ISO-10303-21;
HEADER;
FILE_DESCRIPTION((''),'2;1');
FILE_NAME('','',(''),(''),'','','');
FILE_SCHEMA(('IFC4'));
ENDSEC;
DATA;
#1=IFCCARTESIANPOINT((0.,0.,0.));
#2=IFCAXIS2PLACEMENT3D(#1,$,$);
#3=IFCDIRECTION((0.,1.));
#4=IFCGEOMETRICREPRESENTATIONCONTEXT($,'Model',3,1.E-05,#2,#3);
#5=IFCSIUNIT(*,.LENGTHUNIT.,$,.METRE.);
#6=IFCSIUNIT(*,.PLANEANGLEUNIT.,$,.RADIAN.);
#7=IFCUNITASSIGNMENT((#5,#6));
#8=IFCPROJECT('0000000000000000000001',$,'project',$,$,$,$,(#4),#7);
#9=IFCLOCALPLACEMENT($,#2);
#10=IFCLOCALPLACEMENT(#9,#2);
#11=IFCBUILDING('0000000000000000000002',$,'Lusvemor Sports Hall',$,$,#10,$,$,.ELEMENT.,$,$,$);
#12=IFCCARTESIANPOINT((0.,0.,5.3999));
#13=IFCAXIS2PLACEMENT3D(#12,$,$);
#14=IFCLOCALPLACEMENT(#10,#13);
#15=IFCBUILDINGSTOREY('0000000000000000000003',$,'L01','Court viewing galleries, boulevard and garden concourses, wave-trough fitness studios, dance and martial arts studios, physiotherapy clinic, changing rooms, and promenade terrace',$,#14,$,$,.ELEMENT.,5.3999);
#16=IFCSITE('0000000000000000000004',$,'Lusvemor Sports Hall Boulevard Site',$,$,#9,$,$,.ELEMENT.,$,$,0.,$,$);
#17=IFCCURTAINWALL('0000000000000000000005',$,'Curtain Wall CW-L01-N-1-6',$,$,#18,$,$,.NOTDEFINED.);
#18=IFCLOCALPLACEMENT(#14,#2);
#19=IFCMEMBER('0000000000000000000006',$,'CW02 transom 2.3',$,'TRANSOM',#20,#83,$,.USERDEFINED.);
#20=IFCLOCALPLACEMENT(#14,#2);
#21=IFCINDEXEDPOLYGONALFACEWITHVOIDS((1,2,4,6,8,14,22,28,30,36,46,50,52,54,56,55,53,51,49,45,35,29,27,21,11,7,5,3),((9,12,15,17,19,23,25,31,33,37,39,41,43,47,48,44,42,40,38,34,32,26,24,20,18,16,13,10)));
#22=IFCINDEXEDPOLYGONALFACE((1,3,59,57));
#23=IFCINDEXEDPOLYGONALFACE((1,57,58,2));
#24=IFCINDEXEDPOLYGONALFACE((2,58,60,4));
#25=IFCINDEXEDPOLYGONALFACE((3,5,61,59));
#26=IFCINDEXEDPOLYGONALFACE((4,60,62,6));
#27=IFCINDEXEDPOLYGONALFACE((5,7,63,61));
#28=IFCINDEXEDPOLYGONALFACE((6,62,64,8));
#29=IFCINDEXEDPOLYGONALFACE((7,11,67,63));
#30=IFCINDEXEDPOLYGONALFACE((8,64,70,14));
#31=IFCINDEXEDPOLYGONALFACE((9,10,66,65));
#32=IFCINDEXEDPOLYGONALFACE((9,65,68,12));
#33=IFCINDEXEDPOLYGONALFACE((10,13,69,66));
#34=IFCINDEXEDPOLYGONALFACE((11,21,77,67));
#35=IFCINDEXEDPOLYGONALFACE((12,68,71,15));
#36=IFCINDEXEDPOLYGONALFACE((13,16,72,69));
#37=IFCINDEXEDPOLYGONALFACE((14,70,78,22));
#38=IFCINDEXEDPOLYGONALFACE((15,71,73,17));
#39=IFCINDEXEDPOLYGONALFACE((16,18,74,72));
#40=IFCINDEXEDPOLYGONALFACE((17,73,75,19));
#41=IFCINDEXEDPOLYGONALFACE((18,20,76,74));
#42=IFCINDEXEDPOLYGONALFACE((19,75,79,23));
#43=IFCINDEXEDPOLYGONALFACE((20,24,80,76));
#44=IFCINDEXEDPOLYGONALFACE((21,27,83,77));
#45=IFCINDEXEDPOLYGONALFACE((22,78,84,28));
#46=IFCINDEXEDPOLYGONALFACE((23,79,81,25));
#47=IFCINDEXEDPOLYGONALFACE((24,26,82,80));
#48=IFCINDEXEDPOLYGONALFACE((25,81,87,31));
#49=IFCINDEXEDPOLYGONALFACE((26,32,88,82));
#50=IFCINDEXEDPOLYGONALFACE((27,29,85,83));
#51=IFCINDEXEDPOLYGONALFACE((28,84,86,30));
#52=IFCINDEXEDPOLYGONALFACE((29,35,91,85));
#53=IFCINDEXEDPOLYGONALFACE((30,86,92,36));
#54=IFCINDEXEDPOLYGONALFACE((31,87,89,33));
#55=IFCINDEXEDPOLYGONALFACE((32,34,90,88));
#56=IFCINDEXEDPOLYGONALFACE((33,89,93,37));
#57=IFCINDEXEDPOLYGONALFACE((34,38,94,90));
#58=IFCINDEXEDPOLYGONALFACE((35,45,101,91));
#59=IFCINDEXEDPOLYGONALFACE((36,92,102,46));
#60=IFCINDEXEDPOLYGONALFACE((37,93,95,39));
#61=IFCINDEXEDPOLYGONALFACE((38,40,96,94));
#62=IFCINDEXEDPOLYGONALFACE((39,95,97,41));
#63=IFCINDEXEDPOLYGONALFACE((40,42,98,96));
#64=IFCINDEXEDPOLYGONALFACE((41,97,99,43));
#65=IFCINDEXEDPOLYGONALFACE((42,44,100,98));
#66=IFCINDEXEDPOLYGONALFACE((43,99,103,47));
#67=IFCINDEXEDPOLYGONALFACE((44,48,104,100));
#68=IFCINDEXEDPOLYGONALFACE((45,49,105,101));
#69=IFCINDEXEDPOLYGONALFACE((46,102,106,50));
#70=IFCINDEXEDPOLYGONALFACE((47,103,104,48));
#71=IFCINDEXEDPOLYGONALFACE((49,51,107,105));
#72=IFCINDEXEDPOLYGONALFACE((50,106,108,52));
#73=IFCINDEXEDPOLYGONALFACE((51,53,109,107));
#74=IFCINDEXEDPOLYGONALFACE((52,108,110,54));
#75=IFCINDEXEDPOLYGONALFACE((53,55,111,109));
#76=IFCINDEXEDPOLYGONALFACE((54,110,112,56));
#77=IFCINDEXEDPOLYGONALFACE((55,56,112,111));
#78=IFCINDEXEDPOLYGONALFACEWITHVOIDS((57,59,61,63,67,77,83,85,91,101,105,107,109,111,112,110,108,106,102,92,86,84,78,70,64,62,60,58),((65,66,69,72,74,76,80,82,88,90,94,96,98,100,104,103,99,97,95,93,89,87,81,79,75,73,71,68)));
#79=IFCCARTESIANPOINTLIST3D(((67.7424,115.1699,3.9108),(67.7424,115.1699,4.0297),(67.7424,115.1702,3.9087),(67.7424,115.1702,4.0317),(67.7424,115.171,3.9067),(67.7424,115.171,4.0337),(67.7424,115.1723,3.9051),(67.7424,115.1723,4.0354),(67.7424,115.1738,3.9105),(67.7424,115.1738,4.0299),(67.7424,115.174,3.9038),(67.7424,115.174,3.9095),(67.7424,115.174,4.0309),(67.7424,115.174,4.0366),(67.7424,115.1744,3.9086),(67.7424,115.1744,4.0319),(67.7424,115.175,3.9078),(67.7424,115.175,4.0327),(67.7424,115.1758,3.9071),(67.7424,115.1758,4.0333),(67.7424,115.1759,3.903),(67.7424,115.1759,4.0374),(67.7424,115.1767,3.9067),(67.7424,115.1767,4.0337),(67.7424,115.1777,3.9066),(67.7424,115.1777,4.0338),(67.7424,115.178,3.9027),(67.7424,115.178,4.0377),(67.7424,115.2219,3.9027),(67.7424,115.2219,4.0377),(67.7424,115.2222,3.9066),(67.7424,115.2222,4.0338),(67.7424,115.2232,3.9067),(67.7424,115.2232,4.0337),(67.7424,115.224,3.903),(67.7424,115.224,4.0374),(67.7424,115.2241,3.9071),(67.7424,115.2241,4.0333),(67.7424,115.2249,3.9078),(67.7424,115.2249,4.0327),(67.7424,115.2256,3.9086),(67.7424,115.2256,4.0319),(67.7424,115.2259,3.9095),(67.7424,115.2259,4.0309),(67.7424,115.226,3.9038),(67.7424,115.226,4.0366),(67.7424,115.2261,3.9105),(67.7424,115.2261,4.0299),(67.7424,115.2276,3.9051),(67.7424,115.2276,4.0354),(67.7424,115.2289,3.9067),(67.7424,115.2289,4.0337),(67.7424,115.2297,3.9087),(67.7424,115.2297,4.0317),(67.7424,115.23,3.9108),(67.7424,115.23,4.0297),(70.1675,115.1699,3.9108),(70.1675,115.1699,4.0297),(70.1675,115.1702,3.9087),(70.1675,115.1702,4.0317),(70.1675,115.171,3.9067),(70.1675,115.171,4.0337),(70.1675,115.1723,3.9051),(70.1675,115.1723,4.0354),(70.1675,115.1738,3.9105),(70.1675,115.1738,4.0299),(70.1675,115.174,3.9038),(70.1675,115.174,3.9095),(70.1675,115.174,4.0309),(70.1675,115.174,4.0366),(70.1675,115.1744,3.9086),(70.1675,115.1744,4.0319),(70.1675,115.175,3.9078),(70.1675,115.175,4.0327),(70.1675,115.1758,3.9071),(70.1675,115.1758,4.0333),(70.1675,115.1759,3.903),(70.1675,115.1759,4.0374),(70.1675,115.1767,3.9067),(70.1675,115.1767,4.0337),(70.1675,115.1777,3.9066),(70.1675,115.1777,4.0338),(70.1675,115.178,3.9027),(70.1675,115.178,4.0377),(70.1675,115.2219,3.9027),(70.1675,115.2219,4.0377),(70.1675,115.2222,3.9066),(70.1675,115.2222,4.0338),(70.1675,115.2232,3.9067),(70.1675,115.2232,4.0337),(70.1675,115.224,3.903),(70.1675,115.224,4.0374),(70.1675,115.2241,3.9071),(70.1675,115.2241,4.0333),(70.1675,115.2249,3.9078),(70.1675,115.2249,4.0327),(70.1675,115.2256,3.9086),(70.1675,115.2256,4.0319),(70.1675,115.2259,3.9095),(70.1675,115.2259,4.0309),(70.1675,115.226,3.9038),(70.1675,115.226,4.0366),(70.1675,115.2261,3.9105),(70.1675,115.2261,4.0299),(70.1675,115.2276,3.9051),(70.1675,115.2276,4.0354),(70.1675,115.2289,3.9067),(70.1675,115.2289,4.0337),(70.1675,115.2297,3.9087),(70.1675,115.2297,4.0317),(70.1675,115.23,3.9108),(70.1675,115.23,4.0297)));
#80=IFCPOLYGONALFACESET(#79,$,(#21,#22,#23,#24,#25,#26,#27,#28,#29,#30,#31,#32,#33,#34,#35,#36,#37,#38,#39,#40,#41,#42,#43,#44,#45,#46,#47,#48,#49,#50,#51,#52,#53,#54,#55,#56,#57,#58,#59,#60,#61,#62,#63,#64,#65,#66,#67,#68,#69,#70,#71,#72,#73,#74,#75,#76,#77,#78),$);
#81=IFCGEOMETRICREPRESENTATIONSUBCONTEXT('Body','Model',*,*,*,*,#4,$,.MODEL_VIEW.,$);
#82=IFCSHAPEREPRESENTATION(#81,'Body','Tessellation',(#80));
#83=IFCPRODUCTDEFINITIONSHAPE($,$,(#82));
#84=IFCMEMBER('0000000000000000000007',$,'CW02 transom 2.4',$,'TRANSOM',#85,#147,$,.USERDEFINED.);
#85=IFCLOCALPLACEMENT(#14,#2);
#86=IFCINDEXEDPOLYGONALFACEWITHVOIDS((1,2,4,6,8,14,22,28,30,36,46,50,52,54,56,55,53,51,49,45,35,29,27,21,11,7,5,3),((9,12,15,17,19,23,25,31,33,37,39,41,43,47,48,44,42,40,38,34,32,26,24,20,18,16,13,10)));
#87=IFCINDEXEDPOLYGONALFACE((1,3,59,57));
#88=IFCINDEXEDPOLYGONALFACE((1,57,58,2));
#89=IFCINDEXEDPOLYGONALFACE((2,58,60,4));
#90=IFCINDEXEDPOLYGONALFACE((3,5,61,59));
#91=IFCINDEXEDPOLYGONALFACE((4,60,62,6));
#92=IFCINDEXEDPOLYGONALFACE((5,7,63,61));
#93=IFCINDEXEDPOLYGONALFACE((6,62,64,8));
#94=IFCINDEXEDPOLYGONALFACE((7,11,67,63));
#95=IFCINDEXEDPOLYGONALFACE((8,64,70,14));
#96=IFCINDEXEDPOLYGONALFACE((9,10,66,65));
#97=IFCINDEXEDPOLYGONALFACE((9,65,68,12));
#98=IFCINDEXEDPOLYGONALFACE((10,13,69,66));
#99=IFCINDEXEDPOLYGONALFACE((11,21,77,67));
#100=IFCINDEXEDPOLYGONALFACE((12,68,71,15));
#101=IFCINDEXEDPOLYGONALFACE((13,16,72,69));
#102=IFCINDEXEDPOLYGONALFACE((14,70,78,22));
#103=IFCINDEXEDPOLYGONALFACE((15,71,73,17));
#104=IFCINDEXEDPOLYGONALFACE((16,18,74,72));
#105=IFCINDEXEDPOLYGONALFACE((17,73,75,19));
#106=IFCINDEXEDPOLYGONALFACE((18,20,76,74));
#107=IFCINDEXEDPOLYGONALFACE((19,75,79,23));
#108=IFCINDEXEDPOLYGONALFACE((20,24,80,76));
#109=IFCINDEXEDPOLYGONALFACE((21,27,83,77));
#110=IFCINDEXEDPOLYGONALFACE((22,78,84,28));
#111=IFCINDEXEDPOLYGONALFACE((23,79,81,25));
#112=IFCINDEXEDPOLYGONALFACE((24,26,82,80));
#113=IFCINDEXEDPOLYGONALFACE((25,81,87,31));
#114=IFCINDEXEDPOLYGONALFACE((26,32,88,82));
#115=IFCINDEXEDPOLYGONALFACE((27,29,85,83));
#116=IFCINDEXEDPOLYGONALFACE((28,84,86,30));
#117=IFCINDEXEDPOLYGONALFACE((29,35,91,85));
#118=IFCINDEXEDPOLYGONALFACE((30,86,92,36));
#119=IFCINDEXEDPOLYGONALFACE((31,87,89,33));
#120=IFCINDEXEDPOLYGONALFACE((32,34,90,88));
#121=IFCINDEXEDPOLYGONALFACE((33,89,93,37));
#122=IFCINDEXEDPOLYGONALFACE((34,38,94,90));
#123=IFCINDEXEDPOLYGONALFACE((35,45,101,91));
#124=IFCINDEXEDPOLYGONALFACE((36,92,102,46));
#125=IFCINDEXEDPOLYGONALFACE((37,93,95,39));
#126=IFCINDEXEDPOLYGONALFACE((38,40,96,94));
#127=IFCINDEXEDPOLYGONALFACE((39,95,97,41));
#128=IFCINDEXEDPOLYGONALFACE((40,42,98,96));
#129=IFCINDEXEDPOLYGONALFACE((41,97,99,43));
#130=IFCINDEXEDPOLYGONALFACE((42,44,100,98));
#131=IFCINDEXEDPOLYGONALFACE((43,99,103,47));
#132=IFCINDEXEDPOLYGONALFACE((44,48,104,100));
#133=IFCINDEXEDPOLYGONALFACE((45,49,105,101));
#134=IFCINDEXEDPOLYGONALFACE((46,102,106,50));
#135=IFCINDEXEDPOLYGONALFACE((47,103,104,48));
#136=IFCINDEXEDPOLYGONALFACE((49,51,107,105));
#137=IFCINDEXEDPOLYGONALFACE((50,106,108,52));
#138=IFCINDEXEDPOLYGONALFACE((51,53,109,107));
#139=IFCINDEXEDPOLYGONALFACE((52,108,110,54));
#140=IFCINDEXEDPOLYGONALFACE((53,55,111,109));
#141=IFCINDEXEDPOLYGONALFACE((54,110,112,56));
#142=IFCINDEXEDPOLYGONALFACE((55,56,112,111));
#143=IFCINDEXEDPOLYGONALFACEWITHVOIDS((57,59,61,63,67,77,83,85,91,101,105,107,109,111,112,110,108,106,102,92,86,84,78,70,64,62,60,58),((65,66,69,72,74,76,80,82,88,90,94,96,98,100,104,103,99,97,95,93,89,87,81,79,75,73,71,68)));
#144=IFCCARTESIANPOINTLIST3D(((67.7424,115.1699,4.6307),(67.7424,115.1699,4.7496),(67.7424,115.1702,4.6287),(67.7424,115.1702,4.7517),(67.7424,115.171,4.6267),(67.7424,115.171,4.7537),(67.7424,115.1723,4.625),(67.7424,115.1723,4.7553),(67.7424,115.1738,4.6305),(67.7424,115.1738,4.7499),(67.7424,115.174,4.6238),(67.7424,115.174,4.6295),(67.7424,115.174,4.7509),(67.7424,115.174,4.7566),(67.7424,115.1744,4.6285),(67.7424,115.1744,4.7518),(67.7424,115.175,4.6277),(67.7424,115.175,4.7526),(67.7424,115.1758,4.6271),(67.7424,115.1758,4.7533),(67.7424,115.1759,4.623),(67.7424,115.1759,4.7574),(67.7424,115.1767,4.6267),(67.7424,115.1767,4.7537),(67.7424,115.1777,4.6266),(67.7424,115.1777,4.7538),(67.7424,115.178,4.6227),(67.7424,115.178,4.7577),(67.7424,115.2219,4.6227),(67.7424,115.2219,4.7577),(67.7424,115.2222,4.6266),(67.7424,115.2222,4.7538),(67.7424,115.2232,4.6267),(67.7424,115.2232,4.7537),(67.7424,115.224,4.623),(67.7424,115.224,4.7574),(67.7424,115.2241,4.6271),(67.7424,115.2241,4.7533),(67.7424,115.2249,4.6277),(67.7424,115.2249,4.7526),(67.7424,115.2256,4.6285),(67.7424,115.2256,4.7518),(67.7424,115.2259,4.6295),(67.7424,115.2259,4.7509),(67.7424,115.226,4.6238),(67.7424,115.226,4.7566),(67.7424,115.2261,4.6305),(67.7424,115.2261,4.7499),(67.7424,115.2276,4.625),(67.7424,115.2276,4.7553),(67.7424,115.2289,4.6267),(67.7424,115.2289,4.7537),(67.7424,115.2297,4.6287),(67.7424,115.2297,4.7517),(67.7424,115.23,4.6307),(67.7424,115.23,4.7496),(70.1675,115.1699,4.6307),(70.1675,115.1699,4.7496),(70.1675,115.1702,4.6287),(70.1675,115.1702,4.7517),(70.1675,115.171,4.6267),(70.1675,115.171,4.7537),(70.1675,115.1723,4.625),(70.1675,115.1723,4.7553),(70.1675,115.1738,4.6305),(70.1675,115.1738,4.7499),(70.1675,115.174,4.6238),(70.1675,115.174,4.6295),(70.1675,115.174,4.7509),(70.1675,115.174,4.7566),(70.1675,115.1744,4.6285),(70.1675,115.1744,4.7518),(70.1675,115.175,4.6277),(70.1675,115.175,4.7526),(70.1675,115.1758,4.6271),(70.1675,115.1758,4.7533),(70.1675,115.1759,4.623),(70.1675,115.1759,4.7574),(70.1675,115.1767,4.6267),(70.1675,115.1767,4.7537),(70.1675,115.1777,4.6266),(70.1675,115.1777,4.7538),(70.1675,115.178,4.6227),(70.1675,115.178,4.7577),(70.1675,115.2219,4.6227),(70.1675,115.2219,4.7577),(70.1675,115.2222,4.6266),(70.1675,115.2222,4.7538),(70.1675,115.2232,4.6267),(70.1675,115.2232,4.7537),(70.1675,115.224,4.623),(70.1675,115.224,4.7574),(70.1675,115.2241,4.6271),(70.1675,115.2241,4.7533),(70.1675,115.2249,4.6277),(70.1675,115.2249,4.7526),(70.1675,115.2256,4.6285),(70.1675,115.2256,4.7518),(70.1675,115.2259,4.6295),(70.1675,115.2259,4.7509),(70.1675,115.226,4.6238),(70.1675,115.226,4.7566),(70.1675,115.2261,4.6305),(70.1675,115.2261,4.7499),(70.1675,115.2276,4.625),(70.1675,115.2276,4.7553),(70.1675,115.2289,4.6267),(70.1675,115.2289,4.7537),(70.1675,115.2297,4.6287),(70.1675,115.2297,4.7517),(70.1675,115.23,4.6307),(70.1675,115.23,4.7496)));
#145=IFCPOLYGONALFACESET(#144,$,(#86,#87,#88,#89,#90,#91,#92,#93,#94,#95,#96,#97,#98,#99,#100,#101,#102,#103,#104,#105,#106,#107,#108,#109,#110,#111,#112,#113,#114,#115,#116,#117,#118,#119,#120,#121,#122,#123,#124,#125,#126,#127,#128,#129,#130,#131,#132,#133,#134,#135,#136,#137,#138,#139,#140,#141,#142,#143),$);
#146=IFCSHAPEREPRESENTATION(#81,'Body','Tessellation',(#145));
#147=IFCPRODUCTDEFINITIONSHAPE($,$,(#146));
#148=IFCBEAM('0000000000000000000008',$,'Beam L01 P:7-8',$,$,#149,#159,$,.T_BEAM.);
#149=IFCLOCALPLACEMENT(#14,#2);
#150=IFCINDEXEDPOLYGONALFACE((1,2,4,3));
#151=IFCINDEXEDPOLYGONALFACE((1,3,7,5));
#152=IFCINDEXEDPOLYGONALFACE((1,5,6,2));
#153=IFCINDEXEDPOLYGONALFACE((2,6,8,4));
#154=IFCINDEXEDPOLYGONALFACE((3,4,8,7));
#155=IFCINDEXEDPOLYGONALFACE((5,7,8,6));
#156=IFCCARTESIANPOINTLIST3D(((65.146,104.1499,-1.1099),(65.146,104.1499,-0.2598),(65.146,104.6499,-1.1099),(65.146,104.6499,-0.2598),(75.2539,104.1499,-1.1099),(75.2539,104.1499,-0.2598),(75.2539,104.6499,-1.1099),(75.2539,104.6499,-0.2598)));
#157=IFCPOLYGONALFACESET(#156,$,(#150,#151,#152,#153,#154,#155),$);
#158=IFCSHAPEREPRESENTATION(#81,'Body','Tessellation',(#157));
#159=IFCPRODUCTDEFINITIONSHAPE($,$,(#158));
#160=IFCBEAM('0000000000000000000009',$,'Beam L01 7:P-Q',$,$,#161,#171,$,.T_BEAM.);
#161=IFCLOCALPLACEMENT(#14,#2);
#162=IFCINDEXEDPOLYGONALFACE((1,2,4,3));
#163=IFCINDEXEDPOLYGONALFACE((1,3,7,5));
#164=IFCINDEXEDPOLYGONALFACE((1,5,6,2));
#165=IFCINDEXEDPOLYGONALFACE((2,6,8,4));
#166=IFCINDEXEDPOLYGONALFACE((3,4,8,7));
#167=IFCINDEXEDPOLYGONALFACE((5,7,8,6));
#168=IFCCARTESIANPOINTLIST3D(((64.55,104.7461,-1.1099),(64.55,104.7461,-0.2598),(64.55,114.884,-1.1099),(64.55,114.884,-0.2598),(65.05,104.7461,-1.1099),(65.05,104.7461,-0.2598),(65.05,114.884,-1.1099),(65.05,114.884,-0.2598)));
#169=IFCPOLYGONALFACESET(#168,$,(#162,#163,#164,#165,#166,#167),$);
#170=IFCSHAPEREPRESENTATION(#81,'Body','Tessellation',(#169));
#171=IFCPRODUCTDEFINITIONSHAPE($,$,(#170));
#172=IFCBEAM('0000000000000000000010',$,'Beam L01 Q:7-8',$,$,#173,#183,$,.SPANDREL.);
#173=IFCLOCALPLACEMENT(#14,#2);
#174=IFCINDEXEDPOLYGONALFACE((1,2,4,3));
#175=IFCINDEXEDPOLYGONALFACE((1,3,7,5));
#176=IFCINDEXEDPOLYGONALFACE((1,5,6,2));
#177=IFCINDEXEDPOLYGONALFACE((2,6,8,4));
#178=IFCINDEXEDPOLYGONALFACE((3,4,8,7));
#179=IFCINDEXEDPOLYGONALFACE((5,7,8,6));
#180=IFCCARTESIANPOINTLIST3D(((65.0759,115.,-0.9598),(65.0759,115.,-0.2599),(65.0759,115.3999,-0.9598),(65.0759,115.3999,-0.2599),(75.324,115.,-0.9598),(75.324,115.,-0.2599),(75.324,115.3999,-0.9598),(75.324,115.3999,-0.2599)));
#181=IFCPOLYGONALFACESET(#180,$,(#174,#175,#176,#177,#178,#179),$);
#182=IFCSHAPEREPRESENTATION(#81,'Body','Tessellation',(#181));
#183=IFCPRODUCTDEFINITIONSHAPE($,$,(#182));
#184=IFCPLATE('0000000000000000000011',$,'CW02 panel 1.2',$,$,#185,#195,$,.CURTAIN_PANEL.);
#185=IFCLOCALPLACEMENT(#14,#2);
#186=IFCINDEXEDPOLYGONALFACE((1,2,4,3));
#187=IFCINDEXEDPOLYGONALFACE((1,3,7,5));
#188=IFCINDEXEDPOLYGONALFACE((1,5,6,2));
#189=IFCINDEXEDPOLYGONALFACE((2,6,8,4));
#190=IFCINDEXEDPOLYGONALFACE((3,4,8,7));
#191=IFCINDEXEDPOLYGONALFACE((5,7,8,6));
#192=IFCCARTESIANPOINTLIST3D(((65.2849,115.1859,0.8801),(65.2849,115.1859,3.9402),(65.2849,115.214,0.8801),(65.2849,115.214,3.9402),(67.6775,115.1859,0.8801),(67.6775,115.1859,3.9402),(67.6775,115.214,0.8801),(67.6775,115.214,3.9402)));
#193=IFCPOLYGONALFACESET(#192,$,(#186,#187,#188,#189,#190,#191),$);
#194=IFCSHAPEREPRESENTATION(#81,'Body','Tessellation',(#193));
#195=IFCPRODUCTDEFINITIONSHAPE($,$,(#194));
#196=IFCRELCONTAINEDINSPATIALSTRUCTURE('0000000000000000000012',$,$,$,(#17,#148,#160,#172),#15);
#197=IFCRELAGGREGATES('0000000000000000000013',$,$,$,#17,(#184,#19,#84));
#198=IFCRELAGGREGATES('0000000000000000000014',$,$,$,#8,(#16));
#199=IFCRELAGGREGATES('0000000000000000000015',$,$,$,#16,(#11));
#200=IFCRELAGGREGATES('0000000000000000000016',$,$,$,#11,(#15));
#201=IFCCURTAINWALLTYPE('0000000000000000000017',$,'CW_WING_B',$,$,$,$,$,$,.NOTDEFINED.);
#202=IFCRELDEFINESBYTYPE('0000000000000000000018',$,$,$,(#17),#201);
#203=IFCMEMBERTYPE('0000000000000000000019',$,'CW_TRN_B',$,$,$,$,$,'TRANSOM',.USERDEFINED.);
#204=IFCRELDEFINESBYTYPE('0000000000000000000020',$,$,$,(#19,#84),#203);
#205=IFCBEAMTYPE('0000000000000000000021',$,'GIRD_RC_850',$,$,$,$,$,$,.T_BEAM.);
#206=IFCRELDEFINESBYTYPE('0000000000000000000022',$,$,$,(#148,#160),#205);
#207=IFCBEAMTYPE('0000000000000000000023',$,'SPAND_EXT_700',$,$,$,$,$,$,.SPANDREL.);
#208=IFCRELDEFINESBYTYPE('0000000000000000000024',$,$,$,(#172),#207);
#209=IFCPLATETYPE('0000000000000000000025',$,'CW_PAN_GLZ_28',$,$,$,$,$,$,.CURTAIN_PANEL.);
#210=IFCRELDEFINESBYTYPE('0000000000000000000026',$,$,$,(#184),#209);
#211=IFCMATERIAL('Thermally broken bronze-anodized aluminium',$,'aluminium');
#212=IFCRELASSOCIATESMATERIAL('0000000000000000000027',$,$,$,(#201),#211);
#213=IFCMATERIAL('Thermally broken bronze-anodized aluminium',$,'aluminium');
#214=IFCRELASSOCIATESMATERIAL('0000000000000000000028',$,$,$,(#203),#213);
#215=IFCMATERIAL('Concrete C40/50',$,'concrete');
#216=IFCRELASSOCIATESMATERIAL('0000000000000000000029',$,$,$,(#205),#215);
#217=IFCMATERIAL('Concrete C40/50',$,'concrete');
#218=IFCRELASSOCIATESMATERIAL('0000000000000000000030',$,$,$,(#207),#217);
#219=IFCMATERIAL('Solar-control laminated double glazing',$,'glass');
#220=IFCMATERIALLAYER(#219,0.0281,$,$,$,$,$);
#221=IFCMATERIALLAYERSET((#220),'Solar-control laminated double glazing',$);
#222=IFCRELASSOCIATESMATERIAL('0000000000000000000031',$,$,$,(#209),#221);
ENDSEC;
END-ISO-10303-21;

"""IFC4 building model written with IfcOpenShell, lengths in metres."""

from ifc_helpers import new_model, si_unit, direction, frame, origin, origin_2d, place, context, subcontext, project, spatial, rectangle, hollow_rectangle, extrude, material, layer, layer_set, material_profile, profile_set, type_object, element, aggregate, save


model = new_model("IFC4")

# Units and contexts
model_context = context("Model", 3, precision=1e-05, world=origin(), true_north=direction((0.0, 1.0)))
body_context = subcontext(model_context, "Body", "Model", "MODEL_VIEW")
ifc_project = project(units=[si_unit("LENGTHUNIT", "METRE"), si_unit("PLANEANGLEUNIT", "RADIAN")], contexts=[model_context])

# Site, building, storey
site_placement = place(None, origin())
site = spatial("IfcSite", under=ifc_project, at=site_placement, Name="Lusvemor Sports Hall Boulevard Site", CompositionType="ELEMENT", RefElevation=0.0)
building_placement = place(site_placement, origin())
building = spatial("IfcBuilding", under=site, at=building_placement, Name="Lusvemor Sports Hall", CompositionType="ELEMENT")
storey_placement = place(building_placement, frame((0.0, 0.0, 5.3999)))
storey = spatial("IfcBuildingStorey", under=building, at=storey_placement, Name="L01", Description="Court viewing galleries, boulevard and garden concourses, wave-trough fitness studios, dance and martial arts studios, physiotherapy clinic, changing rooms, and promenade terrace", CompositionType="ELEMENT", Elevation=5.3999)

# Curtain wall, members
ifc_material_1 = material(Name="Thermally broken bronze-anodized aluminium", Category="aluminium")
curtain_wall_type = type_object("IfcCurtainWallType", Name="CW_WING_B", PredefinedType="NOTDEFINED", material=ifc_material_1)
curtain_wall_placement = place(storey_placement, origin())
curtain_wall = element("IfcCurtainWall", 1, at=curtain_wall_placement, inside=storey, type_object=curtain_wall_type, Name="Curtain Wall CW-L01-N-1-6", PredefinedType="NOTDEFINED")
ifc_material_2 = material(Name="Thermally broken bronze-anodized aluminium", Category="aluminium")
ifc_material_profile_1 = material_profile(ifc_material_2, hollow_rectangle(XDim=0.0601, YDim=0.135, WallThickness=0.0039, InnerFilletRadius=0.0039, OuterFilletRadius=0.0081, at=origin_2d()), Name="CWTRN135x60x4")
ifc_profile_set_1 = profile_set([ifc_material_profile_1], Name="Thermally broken bronze-anodized aluminium")
member_type_1 = type_object("IfcMemberType", Name="CW_TRN_B", ElementType="TRANSOM", PredefinedType="USERDEFINED", material=ifc_profile_set_1)
member_1_placement = place(storey_placement, frame((67.7424, 115.2, 3.9702), z_axis=(1.0, 0.0, 0.0), x_axis=(0.0, 1.0, 0.0)))
member_1 = element("IfcMember", 2, at=member_1_placement, type_object=member_type_1, Name="CW02 transom 2.3", ObjectType="TRANSOM", PredefinedType="USERDEFINED", context=body_context, shape_type="SweptSolid", body=[
    extrude(hollow_rectangle(XDim=0.0601, YDim=0.135, WallThickness=0.0039, InnerFilletRadius=0.0039, OuterFilletRadius=0.0081, at=origin_2d()), origin(), (0.0, 0.0, 1.0), 2.425),
])
member_2_placement = place(storey_placement, frame((67.7424, 115.2, 4.6902), z_axis=(1.0, 0.0, 0.0), x_axis=(0.0, 1.0, 0.0)))
member_2 = element("IfcMember", 3, at=member_2_placement, type_object=member_type_1, Name="CW02 transom 2.4", ObjectType="TRANSOM", PredefinedType="USERDEFINED", context=body_context, shape_type="SweptSolid", body=[
    extrude(hollow_rectangle(XDim=0.0601, YDim=0.135, WallThickness=0.0039, InnerFilletRadius=0.0039, OuterFilletRadius=0.0081, at=origin_2d()), origin(), (0.0, 0.0, 1.0), 2.425),
])

# Beams
ifc_material_3 = material(Name="Concrete C40/50", Category="concrete")
ifc_material_profile_2 = material_profile(ifc_material_3, rectangle(XDim=0.5, YDim=0.8501, at=origin_2d()), Name="RC500x850")
ifc_profile_set_2 = profile_set([ifc_material_profile_2], Name="Concrete C40/50")
beam_type_1 = type_object("IfcBeamType", Name="GIRD_RC_850", PredefinedType="T_BEAM", material=ifc_profile_set_2)
beam_1_placement = place(storey_placement, frame((65.146, 104.3999, -0.6848), z_axis=(1.0, 0.0, 0.0), x_axis=(0.0, 1.0, 0.0)))
element("IfcBeam", 4, at=beam_1_placement, inside=storey, type_object=beam_type_1, Name="Beam L01 P:7-8", PredefinedType="T_BEAM", context=body_context, shape_type="SweptSolid", body=[
    extrude(rectangle(XDim=0.5, YDim=0.8501, at=origin_2d()), origin(), (0.0, 0.0, 1.0), 10.1079),
])
beam_2_placement = place(storey_placement, frame((64.8, 104.7461, -0.6848), z_axis=(0.0, 1.0, 0.0), x_axis=(-1.0, 0.0, 0.0)))
element("IfcBeam", 5, at=beam_2_placement, inside=storey, type_object=beam_type_1, Name="Beam L01 7:P-Q", PredefinedType="T_BEAM", context=body_context, shape_type="SweptSolid", body=[
    extrude(rectangle(XDim=0.5, YDim=0.8501, at=origin_2d()), origin(), (0.0, 0.0, 1.0), 10.1379),
])
ifc_material_4 = material(Name="Concrete C40/50", Category="concrete")
ifc_material_profile_3 = material_profile(ifc_material_4, rectangle(XDim=0.3999, YDim=0.7, at=origin_2d()), Name="RC400x700")
ifc_profile_set_3 = profile_set([ifc_material_profile_3], Name="Concrete C40/50")
beam_type_2 = type_object("IfcBeamType", Name="SPAND_EXT_700", PredefinedType="SPANDREL", material=ifc_profile_set_3)
beam_3_placement = place(storey_placement, frame((65.0759, 115.2, -0.6099), z_axis=(1.0, 0.0, 0.0), x_axis=(0.0, 1.0, 0.0)))
element("IfcBeam", 6, at=beam_3_placement, inside=storey, type_object=beam_type_2, Name="Beam L01 Q:7-8", PredefinedType="SPANDREL", context=body_context, shape_type="SweptSolid", body=[
    extrude(rectangle(XDim=0.3999, YDim=0.7, at=origin_2d()), origin(), (0.0, 0.0, 1.0), 10.248),
])

# Plate
ifc_material_5 = material(Name="Solar-control laminated double glazing", Category="glass")
ifc_layer_1 = layer(ifc_material_5, 0.0281)
ifc_layer_set_1 = layer_set([ifc_layer_1], Name="Solar-control laminated double glazing")
plate_type_1 = type_object("IfcPlateType", Name="CW_PAN_GLZ_28", PredefinedType="CURTAIN_PANEL", material=ifc_layer_set_1)
plate_1_placement = place(storey_placement, frame((66.4812, 115.2, 0.8801), z_axis=(0.0, 0.0, 1.0), x_axis=(1.0, 0.0, 0.0)))
plate_1 = element("IfcPlate", 7, at=plate_1_placement, type_object=plate_type_1, Name="CW02 panel 1.2", PredefinedType="CURTAIN_PANEL", context=body_context, shape_type="SweptSolid", body=[
    extrude(rectangle(XDim=2.3926, YDim=0.0281, at=origin_2d()), origin(), (0.0, 0.0, 1.0), 3.0601),
])
aggregate(curtain_wall, [plate_1, member_1, member_2])

save(model, "model.ifc")
